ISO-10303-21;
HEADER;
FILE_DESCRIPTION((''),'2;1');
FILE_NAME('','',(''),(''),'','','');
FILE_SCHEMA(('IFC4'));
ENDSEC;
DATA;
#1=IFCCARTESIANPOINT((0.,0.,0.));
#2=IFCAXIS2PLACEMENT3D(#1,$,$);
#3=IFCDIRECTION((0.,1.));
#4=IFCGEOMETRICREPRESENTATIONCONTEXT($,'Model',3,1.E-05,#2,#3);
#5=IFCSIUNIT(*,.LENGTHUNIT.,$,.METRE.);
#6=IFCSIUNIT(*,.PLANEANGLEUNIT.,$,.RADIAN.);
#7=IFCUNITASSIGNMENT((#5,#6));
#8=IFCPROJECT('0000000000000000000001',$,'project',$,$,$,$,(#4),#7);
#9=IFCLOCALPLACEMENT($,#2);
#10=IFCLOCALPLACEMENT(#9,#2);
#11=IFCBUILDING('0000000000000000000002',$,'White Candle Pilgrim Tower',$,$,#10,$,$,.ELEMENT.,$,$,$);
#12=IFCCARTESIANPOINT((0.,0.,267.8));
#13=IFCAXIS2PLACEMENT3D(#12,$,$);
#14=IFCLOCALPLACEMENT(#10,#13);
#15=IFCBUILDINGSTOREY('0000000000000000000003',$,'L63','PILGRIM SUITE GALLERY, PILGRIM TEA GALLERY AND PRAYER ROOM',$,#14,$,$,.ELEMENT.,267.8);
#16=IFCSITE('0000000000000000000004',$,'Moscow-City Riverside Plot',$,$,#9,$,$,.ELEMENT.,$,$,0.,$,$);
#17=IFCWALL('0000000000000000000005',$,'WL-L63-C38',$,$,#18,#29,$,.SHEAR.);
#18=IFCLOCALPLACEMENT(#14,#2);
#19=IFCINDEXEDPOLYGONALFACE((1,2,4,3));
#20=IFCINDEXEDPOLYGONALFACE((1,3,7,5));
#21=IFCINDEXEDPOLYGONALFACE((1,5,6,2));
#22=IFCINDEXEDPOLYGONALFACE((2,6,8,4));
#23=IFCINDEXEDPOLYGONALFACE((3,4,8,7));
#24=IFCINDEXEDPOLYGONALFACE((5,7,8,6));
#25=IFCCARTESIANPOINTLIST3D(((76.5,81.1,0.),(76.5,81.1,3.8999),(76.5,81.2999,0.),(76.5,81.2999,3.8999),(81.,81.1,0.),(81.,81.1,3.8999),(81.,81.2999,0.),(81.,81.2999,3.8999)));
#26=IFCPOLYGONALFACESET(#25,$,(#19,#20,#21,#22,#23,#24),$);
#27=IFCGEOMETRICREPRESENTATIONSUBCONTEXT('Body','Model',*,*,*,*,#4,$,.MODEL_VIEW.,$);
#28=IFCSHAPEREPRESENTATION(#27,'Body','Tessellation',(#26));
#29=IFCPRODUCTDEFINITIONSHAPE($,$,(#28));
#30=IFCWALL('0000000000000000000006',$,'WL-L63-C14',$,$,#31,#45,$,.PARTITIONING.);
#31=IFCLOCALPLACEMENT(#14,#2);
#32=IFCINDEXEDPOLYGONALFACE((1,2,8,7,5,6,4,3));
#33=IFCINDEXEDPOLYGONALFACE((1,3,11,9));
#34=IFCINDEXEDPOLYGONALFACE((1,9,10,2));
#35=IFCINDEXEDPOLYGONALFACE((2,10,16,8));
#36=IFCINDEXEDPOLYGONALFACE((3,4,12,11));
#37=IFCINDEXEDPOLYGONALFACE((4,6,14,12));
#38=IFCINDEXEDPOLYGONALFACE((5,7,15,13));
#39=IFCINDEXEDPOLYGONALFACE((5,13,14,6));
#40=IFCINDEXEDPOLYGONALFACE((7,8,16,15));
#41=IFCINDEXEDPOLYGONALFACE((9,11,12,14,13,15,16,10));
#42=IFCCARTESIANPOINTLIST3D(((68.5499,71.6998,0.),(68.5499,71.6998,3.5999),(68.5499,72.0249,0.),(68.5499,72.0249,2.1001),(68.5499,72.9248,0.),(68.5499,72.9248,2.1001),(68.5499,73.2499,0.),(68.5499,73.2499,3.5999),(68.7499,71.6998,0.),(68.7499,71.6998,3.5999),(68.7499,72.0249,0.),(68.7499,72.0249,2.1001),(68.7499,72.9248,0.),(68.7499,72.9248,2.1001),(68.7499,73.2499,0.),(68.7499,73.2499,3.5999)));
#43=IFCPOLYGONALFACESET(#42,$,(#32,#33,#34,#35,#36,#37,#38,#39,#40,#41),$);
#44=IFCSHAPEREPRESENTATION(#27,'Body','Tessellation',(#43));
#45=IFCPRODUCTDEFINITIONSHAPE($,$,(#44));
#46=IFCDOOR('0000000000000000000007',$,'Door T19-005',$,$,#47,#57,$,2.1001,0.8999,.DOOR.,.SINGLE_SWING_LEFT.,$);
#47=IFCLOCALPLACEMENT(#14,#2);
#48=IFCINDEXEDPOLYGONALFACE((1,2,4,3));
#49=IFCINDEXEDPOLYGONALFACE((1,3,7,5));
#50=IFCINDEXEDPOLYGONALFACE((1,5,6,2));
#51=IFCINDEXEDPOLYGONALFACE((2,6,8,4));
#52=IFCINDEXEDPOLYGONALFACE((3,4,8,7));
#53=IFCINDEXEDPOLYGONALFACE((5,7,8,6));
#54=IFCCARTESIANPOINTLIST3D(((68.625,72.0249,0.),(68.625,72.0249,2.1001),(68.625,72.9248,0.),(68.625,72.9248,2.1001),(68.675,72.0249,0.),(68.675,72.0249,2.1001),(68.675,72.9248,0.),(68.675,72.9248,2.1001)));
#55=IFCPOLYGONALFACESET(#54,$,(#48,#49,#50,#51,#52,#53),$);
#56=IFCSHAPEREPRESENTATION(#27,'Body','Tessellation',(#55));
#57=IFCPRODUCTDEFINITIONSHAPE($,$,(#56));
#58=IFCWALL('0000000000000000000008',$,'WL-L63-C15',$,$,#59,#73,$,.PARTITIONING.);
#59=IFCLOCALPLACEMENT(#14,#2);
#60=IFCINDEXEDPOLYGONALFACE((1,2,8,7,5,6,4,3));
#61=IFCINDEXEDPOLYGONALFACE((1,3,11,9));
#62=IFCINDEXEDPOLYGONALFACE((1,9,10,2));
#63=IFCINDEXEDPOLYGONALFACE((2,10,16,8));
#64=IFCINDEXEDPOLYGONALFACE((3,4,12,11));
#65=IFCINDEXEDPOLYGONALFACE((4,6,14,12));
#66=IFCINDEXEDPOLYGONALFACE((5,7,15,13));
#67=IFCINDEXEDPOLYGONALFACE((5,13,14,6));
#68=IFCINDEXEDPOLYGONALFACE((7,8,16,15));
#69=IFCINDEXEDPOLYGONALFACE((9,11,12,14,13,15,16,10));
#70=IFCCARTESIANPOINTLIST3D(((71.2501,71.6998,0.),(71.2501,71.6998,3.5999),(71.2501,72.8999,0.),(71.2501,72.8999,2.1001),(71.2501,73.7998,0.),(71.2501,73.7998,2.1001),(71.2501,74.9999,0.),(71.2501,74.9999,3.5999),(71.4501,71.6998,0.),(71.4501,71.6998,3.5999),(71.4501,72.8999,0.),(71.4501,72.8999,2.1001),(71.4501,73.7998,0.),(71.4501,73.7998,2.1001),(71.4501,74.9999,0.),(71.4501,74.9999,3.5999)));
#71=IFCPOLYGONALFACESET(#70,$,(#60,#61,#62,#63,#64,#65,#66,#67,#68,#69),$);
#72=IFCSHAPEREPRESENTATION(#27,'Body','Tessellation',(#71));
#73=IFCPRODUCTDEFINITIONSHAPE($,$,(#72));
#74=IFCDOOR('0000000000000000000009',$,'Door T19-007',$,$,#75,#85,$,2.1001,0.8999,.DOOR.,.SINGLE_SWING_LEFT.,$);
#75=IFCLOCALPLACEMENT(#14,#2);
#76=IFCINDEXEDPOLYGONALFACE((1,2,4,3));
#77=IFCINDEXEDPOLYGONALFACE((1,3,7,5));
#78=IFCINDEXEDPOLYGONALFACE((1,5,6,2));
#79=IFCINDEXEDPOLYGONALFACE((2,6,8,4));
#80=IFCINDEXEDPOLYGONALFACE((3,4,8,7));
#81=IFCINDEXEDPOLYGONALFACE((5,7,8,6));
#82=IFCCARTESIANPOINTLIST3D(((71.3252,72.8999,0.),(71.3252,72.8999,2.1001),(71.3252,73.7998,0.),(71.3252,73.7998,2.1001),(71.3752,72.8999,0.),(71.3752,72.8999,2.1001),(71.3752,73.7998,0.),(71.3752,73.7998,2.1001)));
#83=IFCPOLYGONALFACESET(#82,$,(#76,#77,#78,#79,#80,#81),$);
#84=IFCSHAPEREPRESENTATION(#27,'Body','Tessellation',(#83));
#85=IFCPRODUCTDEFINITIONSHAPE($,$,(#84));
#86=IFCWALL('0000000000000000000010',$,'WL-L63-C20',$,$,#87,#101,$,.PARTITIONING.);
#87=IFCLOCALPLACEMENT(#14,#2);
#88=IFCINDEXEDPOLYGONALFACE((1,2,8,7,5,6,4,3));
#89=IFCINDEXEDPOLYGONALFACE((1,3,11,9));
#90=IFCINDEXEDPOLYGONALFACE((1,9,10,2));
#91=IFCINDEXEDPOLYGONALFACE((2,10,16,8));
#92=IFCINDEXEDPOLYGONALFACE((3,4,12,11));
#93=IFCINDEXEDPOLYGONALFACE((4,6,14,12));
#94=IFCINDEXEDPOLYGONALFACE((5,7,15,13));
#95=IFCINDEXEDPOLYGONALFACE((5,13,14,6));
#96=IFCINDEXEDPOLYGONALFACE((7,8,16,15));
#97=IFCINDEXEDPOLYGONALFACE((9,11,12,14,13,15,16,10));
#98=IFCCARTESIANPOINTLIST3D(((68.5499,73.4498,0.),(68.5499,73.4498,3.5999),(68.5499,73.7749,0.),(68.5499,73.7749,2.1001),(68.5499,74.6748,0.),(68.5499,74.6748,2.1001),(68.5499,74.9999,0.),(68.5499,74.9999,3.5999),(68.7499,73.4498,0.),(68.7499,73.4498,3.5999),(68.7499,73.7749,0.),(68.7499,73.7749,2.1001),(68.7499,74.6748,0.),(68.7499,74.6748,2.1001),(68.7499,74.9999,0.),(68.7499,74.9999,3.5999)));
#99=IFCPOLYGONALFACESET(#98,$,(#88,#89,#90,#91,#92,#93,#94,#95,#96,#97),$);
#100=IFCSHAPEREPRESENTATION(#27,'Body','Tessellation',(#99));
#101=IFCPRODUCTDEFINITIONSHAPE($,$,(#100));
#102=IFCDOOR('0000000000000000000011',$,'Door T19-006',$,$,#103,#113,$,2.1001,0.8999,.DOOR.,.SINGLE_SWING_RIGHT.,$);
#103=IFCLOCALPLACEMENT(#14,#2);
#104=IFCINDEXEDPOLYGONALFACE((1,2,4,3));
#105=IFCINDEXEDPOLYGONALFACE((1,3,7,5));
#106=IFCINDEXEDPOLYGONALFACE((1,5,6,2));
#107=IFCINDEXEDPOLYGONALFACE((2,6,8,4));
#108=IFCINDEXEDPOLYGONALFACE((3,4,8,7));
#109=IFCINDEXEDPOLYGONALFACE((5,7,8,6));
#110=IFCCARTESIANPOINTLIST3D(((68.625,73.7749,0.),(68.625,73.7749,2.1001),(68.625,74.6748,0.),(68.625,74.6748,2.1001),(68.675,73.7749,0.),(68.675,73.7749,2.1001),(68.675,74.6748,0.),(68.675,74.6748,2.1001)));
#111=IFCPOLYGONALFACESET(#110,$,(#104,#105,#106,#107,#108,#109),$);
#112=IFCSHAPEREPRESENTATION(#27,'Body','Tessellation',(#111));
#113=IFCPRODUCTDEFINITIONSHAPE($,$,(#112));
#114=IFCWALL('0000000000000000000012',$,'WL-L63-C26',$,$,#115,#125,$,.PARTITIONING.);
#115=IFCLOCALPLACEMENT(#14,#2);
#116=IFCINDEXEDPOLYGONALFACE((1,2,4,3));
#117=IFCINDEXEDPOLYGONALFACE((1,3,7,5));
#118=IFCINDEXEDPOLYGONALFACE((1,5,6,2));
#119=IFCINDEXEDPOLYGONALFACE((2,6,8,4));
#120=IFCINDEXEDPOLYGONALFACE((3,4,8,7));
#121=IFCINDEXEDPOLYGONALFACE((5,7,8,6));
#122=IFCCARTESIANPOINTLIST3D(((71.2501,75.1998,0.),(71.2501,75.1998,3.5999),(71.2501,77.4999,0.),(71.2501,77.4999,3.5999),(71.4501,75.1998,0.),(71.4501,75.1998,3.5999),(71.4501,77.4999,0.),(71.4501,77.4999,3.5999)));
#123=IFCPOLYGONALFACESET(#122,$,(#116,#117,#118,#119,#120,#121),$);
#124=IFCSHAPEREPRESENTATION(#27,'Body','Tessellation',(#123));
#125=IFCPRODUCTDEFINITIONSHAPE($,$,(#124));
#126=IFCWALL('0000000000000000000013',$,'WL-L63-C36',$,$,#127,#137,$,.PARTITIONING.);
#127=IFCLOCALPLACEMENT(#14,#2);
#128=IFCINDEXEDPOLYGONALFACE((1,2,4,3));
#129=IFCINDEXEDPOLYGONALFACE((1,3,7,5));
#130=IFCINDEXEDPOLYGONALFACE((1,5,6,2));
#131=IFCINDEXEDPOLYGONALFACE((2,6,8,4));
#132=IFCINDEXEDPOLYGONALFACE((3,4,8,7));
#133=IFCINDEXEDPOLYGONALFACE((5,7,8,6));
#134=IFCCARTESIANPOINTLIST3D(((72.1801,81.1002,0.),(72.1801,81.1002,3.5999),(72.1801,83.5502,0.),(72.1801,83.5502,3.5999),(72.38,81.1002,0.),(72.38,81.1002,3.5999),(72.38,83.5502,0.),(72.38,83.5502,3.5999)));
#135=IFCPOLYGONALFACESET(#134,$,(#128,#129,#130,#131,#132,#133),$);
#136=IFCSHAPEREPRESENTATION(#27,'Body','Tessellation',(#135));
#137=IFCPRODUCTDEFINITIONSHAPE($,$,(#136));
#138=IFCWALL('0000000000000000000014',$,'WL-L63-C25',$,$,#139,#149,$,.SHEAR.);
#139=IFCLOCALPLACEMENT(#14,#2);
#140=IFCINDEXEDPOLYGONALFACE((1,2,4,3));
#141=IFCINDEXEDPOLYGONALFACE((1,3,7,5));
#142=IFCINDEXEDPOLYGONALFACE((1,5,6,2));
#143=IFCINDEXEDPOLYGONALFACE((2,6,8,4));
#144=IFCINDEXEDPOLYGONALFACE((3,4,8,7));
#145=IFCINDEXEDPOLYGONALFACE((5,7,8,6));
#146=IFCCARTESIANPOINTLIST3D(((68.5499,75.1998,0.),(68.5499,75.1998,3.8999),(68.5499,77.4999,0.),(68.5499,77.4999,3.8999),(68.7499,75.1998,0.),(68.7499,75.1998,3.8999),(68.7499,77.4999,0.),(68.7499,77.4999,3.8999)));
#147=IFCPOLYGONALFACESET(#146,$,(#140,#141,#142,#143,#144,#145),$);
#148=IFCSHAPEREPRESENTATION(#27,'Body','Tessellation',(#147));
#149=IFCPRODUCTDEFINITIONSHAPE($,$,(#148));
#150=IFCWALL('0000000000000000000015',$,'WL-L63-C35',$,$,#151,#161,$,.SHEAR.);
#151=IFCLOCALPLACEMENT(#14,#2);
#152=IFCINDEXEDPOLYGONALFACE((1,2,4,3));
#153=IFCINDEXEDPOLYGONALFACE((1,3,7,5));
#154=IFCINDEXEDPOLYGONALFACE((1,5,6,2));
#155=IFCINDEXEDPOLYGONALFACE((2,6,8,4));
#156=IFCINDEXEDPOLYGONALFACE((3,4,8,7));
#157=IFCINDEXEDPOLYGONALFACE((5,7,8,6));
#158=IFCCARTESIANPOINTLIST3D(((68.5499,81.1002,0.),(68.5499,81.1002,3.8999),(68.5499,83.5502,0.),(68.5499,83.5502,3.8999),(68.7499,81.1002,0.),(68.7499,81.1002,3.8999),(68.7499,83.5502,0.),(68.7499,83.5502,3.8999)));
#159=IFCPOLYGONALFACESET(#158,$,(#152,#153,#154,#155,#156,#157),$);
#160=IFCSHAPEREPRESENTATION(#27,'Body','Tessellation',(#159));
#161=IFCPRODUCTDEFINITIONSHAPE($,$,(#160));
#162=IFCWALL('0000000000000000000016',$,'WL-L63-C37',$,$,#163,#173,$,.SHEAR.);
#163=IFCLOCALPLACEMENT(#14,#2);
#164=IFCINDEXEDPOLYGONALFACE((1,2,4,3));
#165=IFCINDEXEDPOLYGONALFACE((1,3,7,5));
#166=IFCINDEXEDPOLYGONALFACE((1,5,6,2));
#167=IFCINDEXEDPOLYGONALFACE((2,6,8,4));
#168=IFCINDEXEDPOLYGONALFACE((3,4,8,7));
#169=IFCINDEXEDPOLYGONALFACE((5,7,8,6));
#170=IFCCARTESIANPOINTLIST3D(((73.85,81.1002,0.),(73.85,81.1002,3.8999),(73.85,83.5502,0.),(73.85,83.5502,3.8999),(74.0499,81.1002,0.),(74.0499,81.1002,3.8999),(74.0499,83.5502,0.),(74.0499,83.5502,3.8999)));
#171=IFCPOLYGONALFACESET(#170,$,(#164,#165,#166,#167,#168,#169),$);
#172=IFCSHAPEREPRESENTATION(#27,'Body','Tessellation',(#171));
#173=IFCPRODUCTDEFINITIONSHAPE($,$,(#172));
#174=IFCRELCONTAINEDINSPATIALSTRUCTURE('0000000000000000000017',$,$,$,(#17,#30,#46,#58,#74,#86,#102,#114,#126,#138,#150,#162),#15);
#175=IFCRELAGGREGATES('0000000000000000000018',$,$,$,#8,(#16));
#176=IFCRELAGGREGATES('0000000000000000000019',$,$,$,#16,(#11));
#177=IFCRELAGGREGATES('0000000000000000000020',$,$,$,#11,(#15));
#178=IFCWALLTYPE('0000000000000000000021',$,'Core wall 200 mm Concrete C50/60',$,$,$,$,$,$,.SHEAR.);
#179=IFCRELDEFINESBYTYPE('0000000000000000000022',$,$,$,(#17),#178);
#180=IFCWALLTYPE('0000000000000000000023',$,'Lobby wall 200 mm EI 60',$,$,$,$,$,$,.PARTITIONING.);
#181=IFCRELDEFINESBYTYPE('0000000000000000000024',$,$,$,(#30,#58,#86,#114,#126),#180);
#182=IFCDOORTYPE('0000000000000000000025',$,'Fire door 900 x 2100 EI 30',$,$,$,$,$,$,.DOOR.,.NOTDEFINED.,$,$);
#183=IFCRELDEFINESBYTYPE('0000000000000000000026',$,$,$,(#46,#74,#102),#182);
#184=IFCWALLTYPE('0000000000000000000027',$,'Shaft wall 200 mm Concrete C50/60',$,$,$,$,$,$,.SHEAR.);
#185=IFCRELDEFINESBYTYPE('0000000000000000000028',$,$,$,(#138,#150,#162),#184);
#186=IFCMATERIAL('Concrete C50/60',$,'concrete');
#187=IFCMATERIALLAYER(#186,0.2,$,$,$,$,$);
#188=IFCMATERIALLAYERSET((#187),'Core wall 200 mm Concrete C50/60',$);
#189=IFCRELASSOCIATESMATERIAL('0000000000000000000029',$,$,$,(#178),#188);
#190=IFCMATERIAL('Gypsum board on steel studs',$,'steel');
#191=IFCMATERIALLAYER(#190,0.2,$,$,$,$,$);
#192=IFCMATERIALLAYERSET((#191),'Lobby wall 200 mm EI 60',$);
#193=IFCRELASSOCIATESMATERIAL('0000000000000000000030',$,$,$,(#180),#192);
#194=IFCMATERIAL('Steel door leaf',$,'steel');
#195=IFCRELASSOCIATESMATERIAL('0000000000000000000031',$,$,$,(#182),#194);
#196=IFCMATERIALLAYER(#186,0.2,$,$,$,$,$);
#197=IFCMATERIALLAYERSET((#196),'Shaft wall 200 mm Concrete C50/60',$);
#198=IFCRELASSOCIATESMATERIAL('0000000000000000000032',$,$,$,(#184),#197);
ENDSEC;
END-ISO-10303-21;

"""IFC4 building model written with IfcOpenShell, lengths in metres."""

from ifc_helpers import new_model, si_unit, direction, frame, frame_2d, origin, place, context, subcontext, project, spatial, rectangle, extrude, material, layer, layer_set, type_object, element, fill, save


model = new_model("IFC4")

# Units and contexts
model_context = context("Model", 3, precision=1e-05, world=origin(), true_north=direction((0.0, 1.0)))
body_context = subcontext(model_context, "Body", "Model", "MODEL_VIEW")
ifc_project = project(units=[si_unit("LENGTHUNIT", "METRE"), si_unit("PLANEANGLEUNIT", "RADIAN")], contexts=[model_context])

# Site, building, storey
site_placement = place(None, origin())
site = spatial("IfcSite", under=ifc_project, at=site_placement, Name="Moscow-City Riverside Plot", CompositionType="ELEMENT", RefElevation=0.0)
building_placement = place(site_placement, origin())
building = spatial("IfcBuilding", under=site, at=building_placement, Name="White Candle Pilgrim Tower", CompositionType="ELEMENT")
storey_placement = place(building_placement, frame((0.0, 0.0, 267.8)))
storey = spatial("IfcBuildingStorey", under=building, at=storey_placement, Name="L63", Description="PILGRIM SUITE GALLERY, PILGRIM TEA GALLERY AND PRAYER ROOM", CompositionType="ELEMENT", Elevation=267.8)

# Wall
ifc_material_1 = material(Name="Concrete C50/60", Category="concrete")
ifc_layer_1 = layer(ifc_material_1, 0.2)
ifc_layer_set_1 = layer_set([ifc_layer_1], Name="Core wall 200 mm Concrete C50/60")
wall_type_1 = type_object("IfcWallType", Name="Core wall 200 mm Concrete C50/60", PredefinedType="SHEAR", material=ifc_layer_set_1)
wall_1_placement = place(storey_placement, frame((76.5, 81.2, 0.0), z_axis=(0.0, 0.0, 1.0), x_axis=(1.0, 0.0, 0.0)))
element("IfcWall", 1, at=wall_1_placement, inside=storey, type_object=wall_type_1, Name="WL-L63-C38", PredefinedType="SHEAR", context=body_context, shape_type="SweptSolid", body=[
    extrude(rectangle(XDim=4.5, YDim=0.2, at=frame_2d((2.25, 0.0))), origin(), (0.0, 0.0, 1.0), 3.8999),
])

# Walls, openings, doors
ifc_material_2 = material(Name="Gypsum board on steel studs", Category="steel")
ifc_layer_2 = layer(ifc_material_2, 0.2)
ifc_layer_set_2 = layer_set([ifc_layer_2], Name="Lobby wall 200 mm EI 60")
wall_type_2 = type_object("IfcWallType", Name="Lobby wall 200 mm EI 60", PredefinedType="PARTITIONING", material=ifc_layer_set_2)
wall_2_placement = place(storey_placement, frame((68.6499, 71.7, 0.0), z_axis=(0.0, 0.0, 1.0), x_axis=(0.0, 1.0, 0.0)))
wall_2 = element("IfcWall", 2, at=wall_2_placement, inside=storey, type_object=wall_type_2, Name="WL-L63-C14", PredefinedType="PARTITIONING", context=body_context, shape_type="SweptSolid", body=[
    extrude(rectangle(XDim=1.55, YDim=0.2, at=frame_2d((0.7749, 0.0))), origin(), (0.0, 0.0, 1.0), 3.5999),
])
opening_1_placement = place(wall_2_placement, frame((0.325, 0.0, 0.0)))
opening_1 = element("IfcOpeningElement", 3, at=opening_1_placement, cuts=wall_2, PredefinedType="OPENING", context=body_context, shape_type="SweptSolid", body=[
    extrude(rectangle(XDim=0.8999, YDim=2.1001, at=frame_2d((0.45, 1.05))), frame((0.0, 0.1099, 0.0), z_axis=(0.0, -1.0, 0.0), x_axis=(1.0, 0.0, 0.0)), (0.0, 0.0, 1.0), 0.22),
])
ifc_material_3 = material(Name="Steel door leaf", Category="steel")
door_type_1 = type_object("IfcDoorType", Name="Fire door 900 x 2100 EI 30", OperationType="NOTDEFINED", PredefinedType="DOOR", material=ifc_material_3)
door_1_placement = place(opening_1_placement, origin())
door_1 = element("IfcDoor", 4, at=door_1_placement, inside=storey, type_object=door_type_1, Name="Door T19-005", OperationType="SINGLE_SWING_LEFT", OverallHeight=2.1001, OverallWidth=0.8999, PredefinedType="DOOR", context=body_context, shape_type="SweptSolid", body=[
    extrude(rectangle(XDim=0.8999, YDim=2.1001, at=frame_2d((0.45, 1.05))), frame((0.0, 0.0249, 0.0), z_axis=(0.0, -1.0, 0.0), x_axis=(1.0, 0.0, 0.0)), (0.0, 0.0, 1.0), 0.05),
])
fill(opening_1, door_1)
wall_3_placement = place(storey_placement, frame((71.3501, 71.7, 0.0), z_axis=(0.0, 0.0, 1.0), x_axis=(0.0, 1.0, 0.0)))
wall_3 = element("IfcWall", 5, at=wall_3_placement, inside=storey, type_object=wall_type_2, Name="WL-L63-C15", PredefinedType="PARTITIONING", context=body_context, shape_type="SweptSolid", body=[
    extrude(rectangle(XDim=3.3, YDim=0.2, at=frame_2d((1.6499, 0.0))), origin(), (0.0, 0.0, 1.0), 3.5999),
])
opening_2_placement = place(wall_3_placement, frame((1.2, 0.0, 0.0)))
opening_2 = element("IfcOpeningElement", 6, at=opening_2_placement, cuts=wall_3, PredefinedType="OPENING", context=body_context, shape_type="SweptSolid", body=[
    extrude(rectangle(XDim=0.8999, YDim=2.1001, at=frame_2d((0.45, 1.05))), frame((0.0, 0.1099, 0.0), z_axis=(0.0, -1.0, 0.0), x_axis=(1.0, 0.0, 0.0)), (0.0, 0.0, 1.0), 0.22),
])
door_2_placement = place(opening_2_placement, origin())
door_2 = element("IfcDoor", 7, at=door_2_placement, inside=storey, type_object=door_type_1, Name="Door T19-007", OperationType="SINGLE_SWING_LEFT", OverallHeight=2.1001, OverallWidth=0.8999, PredefinedType="DOOR", context=body_context, shape_type="SweptSolid", body=[
    extrude(rectangle(XDim=0.8999, YDim=2.1001, at=frame_2d((0.45, 1.05))), frame((0.0, 0.0249, 0.0), z_axis=(0.0, -1.0, 0.0), x_axis=(1.0, 0.0, 0.0)), (0.0, 0.0, 1.0), 0.05),
])
fill(opening_2, door_2)
wall_4_placement = place(storey_placement, frame((68.6499, 73.45, 0.0), z_axis=(0.0, 0.0, 1.0), x_axis=(0.0, 1.0, 0.0)))
wall_4 = element("IfcWall", 8, at=wall_4_placement, inside=storey, type_object=wall_type_2, Name="WL-L63-C20", PredefinedType="PARTITIONING", context=body_context, shape_type="SweptSolid", body=[
    extrude(rectangle(XDim=1.55, YDim=0.2, at=frame_2d((0.7749, 0.0))), origin(), (0.0, 0.0, 1.0), 3.5999),
])
opening_3_placement = place(wall_4_placement, frame((0.325, 0.0, 0.0)))
opening_3 = element("IfcOpeningElement", 9, at=opening_3_placement, cuts=wall_4, PredefinedType="OPENING", context=body_context, shape_type="SweptSolid", body=[
    extrude(rectangle(XDim=0.8999, YDim=2.1001, at=frame_2d((0.45, 1.05))), frame((0.0, 0.1099, 0.0), z_axis=(0.0, -1.0, 0.0), x_axis=(1.0, 0.0, 0.0)), (0.0, 0.0, 1.0), 0.22),
])
door_3_placement = place(opening_3_placement, origin())
door_3 = element("IfcDoor", 10, at=door_3_placement, inside=storey, type_object=door_type_1, Name="Door T19-006", OperationType="SINGLE_SWING_RIGHT", OverallHeight=2.1001, OverallWidth=0.8999, PredefinedType="DOOR", context=body_context, shape_type="SweptSolid", body=[
    extrude(rectangle(XDim=0.8999, YDim=2.1001, at=frame_2d((0.45, 1.05))), frame((0.0, 0.0249, 0.0), z_axis=(0.0, -1.0, 0.0), x_axis=(1.0, 0.0, 0.0)), (0.0, 0.0, 1.0), 0.05),
])
fill(opening_3, door_3)

# Walls
wall_5_placement = place(storey_placement, frame((71.3501, 75.2, 0.0), z_axis=(0.0, 0.0, 1.0), x_axis=(0.0, 1.0, 0.0)))
element("IfcWall", 11, at=wall_5_placement, inside=storey, type_object=wall_type_2, Name="WL-L63-C26", PredefinedType="PARTITIONING", context=body_context, shape_type="SweptSolid", body=[
    extrude(rectangle(XDim=2.3, YDim=0.2, at=frame_2d((1.1499, 0.0))), origin(), (0.0, 0.0, 1.0), 3.5999),
])
wall_6_placement = place(storey_placement, frame((72.28, 81.1001, 0.0), z_axis=(0.0, 0.0, 1.0), x_axis=(0.0, 1.0, 0.0)))
element("IfcWall", 12, at=wall_6_placement, inside=storey, type_object=wall_type_2, Name="WL-L63-C36", PredefinedType="PARTITIONING", context=body_context, shape_type="SweptSolid", body=[
    extrude(rectangle(XDim=2.45, YDim=0.2, at=frame_2d((1.2251, 0.0))), origin(), (0.0, 0.0, 1.0), 3.5999),
])
ifc_layer_3 = layer(ifc_material_1, 0.2)
ifc_layer_set_3 = layer_set([ifc_layer_3], Name="Shaft wall 200 mm Concrete C50/60")
wall_type_3 = type_object("IfcWallType", Name="Shaft wall 200 mm Concrete C50/60", PredefinedType="SHEAR", material=ifc_layer_set_3)
wall_7_placement = place(storey_placement, frame((68.6499, 75.2, 0.0), z_axis=(0.0, 0.0, 1.0), x_axis=(0.0, 1.0, 0.0)))
element("IfcWall", 13, at=wall_7_placement, inside=storey, type_object=wall_type_3, Name="WL-L63-C25", PredefinedType="SHEAR", context=body_context, shape_type="SweptSolid", body=[
    extrude(rectangle(XDim=2.3, YDim=0.2, at=frame_2d((1.1499, 0.0))), origin(), (0.0, 0.0, 1.0), 3.8999),
])
for number, where, z_axis, x_axis, name in (
    (14, (68.6499, 81.1001, 0.0), (0.0, 0.0, 1.0), (0.0, 1.0, 0.0), "WL-L63-C35"),
    (15, (73.95, 81.1001, 0.0), (0.0, 0.0, 1.0), (0.0, 1.0, 0.0), "WL-L63-C37"),
):
    element("IfcWall", number, at=place(storey_placement, frame(where, z_axis=z_axis, x_axis=x_axis)), inside=storey, type_object=wall_type_3, Name=name, PredefinedType="SHEAR", context=body_context, shape_type="SweptSolid", body=[
        extrude(rectangle(XDim=2.45, YDim=0.2, at=frame_2d((1.2251, 0.0))), origin(), (0.0, 0.0, 1.0), 3.8999),
    ])

save(model, "model.ifc")
